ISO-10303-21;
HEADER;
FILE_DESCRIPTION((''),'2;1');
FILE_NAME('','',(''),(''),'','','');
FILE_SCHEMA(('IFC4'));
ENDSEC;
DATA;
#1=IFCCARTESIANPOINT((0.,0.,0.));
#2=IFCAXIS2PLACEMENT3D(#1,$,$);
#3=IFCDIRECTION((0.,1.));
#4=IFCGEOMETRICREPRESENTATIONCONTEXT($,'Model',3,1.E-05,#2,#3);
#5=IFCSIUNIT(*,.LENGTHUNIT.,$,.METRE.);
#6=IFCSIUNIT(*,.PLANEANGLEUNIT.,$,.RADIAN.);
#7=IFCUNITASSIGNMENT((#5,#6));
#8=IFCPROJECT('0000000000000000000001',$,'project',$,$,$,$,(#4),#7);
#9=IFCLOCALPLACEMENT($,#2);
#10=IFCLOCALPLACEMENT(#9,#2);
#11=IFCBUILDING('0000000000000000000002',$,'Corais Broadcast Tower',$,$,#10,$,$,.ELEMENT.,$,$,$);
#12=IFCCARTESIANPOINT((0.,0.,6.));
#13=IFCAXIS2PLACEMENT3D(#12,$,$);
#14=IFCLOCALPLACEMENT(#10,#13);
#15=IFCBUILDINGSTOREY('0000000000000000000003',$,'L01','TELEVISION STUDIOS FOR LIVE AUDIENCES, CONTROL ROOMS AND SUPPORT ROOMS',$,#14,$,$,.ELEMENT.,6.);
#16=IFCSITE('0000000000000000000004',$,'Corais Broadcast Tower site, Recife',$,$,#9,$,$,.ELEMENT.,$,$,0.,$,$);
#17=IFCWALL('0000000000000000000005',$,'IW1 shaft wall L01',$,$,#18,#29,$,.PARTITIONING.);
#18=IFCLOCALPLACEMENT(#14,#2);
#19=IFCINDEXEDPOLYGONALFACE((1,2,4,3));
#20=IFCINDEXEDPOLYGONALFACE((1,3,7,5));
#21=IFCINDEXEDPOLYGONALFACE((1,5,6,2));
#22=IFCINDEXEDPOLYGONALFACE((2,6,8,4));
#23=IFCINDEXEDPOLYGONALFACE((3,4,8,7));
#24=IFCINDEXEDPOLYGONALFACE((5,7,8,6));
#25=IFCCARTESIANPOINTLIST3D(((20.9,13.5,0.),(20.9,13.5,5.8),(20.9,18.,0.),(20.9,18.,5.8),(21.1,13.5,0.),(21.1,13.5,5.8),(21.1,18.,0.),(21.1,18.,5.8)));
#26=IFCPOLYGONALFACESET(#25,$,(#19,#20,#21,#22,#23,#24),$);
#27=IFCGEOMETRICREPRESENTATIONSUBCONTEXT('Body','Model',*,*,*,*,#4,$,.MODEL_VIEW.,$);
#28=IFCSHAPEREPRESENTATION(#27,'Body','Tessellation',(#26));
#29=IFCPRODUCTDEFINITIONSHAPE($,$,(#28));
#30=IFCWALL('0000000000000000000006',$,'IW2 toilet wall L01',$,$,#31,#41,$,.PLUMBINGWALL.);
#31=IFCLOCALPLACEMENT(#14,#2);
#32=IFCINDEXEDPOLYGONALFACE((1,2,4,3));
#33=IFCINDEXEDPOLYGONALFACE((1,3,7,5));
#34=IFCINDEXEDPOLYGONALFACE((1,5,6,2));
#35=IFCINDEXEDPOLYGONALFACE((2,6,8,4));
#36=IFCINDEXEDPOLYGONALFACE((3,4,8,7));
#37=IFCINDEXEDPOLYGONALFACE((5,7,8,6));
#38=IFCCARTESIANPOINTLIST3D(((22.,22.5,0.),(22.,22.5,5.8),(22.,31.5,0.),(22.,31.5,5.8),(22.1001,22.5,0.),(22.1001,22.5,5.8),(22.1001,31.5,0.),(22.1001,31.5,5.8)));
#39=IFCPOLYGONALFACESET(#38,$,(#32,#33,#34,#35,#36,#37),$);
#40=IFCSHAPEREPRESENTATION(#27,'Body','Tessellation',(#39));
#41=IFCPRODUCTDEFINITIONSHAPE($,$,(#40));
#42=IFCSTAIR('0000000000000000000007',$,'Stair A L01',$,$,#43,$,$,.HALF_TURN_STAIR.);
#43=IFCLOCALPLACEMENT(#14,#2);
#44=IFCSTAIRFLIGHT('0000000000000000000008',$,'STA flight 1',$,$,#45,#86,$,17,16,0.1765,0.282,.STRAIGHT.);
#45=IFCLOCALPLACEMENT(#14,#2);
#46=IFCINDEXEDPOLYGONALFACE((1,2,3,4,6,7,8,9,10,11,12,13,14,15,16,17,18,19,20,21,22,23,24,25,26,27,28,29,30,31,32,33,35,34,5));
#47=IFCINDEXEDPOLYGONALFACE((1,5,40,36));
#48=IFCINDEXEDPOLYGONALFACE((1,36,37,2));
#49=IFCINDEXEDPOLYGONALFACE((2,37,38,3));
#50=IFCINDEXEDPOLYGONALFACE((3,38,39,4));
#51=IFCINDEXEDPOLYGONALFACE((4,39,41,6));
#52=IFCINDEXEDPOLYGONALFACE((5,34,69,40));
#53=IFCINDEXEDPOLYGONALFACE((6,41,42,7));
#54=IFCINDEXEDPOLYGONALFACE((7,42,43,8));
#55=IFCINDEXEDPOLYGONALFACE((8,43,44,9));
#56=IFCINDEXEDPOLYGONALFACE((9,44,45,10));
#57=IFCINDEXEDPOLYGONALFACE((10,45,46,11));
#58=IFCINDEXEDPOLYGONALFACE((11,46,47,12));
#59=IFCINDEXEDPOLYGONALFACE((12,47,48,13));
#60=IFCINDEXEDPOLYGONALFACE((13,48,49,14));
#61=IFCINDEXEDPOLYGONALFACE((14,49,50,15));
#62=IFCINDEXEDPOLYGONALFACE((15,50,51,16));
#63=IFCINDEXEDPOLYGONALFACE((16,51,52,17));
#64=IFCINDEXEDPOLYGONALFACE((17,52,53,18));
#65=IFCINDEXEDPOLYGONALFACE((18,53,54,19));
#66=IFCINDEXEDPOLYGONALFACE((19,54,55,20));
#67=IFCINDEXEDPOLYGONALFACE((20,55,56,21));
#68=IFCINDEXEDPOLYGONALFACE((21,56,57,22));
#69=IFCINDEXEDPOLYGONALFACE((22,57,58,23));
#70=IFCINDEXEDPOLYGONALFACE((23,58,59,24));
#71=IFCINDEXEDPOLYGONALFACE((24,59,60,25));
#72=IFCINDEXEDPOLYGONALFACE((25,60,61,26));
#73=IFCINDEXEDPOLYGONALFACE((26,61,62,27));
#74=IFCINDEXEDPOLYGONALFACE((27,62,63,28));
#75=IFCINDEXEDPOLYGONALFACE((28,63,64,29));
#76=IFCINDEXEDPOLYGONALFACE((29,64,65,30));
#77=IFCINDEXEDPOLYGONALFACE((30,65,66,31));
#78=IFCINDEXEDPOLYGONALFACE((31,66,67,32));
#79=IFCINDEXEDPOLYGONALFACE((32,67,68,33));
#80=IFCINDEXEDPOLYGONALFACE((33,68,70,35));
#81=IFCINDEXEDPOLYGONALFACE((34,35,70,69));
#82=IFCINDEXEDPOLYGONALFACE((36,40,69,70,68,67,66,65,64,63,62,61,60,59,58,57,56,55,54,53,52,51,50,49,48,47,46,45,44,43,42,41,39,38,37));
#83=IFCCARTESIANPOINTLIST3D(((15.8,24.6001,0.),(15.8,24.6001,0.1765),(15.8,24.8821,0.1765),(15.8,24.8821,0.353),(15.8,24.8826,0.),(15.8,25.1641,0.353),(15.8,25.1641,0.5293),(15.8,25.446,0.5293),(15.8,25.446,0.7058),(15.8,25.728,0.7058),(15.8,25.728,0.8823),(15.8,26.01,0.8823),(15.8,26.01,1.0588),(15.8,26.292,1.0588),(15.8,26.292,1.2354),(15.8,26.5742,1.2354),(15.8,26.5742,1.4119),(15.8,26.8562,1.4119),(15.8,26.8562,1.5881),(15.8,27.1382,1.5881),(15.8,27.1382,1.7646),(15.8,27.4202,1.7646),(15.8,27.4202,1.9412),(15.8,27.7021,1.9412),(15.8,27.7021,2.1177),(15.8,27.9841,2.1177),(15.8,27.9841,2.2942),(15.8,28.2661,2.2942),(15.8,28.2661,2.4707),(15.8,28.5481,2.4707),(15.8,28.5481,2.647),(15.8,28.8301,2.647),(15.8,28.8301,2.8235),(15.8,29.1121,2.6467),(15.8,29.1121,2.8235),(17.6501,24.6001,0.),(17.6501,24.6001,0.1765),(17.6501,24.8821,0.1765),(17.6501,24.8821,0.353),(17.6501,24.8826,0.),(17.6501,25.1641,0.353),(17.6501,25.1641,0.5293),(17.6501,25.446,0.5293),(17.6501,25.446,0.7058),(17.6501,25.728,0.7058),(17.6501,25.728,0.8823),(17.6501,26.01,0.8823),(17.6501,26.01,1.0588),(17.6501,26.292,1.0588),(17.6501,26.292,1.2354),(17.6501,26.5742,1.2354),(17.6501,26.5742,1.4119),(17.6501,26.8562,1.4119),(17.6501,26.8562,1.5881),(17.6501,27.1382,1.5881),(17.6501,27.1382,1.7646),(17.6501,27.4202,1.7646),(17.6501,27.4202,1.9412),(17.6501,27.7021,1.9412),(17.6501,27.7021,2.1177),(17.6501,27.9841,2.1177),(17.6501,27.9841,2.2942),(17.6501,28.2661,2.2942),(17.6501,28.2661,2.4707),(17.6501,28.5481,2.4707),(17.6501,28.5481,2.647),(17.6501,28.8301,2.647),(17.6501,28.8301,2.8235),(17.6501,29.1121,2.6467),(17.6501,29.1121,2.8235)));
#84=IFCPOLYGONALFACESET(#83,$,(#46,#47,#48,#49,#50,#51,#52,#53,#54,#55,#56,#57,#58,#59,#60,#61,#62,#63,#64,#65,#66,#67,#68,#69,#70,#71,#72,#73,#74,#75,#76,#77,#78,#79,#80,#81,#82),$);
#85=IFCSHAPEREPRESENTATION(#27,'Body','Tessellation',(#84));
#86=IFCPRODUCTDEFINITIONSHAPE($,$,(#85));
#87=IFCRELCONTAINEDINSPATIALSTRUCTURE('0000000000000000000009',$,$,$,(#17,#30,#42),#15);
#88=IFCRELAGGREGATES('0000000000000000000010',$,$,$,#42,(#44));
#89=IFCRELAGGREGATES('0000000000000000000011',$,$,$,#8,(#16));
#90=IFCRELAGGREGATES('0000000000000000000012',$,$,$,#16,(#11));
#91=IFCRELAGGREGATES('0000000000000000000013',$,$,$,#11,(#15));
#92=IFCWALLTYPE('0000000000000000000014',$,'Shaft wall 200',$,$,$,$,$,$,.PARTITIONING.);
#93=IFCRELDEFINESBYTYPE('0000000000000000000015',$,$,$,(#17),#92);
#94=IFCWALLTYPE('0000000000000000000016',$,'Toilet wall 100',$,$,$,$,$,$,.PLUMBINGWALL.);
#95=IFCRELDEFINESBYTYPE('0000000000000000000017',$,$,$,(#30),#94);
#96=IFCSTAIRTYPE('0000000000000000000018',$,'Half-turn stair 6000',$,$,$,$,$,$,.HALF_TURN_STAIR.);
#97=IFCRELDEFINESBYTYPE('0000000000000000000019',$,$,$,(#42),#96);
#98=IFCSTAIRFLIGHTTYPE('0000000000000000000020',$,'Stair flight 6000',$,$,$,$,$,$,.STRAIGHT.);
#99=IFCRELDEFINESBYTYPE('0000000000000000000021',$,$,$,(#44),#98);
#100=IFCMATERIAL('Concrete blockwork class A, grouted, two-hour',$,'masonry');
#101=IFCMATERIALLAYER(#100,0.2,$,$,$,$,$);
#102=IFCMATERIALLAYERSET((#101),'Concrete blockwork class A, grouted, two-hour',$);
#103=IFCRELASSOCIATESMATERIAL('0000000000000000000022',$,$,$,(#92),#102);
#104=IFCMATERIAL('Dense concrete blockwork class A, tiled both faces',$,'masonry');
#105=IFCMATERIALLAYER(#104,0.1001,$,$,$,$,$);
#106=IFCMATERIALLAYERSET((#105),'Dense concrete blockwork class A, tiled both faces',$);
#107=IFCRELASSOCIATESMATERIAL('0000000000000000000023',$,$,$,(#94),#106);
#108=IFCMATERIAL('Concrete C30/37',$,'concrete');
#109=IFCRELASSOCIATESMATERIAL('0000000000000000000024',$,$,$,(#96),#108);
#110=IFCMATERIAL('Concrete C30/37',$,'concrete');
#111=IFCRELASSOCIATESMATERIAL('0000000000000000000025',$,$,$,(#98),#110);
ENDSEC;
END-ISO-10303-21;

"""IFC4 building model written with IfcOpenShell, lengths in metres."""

from ifc_helpers import new_model, si_unit, direction, frame, frame_2d, origin, place, context, subcontext, project, spatial, polyline, rectangle, outline, extrude, material, layer, layer_set, type_object, element, aggregate, save


model = new_model("IFC4")

# Units and contexts
model_context = context("Model", 3, precision=1e-05, world=origin(), true_north=direction((0.0, 1.0)))
body_context = subcontext(model_context, "Body", "Model", "MODEL_VIEW")
ifc_project = project(units=[si_unit("LENGTHUNIT", "METRE"), si_unit("PLANEANGLEUNIT", "RADIAN")], contexts=[model_context])

# Site, building, storey
site_placement = place(None, origin())
site = spatial("IfcSite", under=ifc_project, at=site_placement, Name="Corais Broadcast Tower site, Recife", CompositionType="ELEMENT", RefElevation=0.0)
building_placement = place(site_placement, origin())
building = spatial("IfcBuilding", under=site, at=building_placement, Name="Corais Broadcast Tower", CompositionType="ELEMENT")
storey_placement = place(building_placement, frame((0.0, 0.0, 6.0)))
storey = spatial("IfcBuildingStorey", under=building, at=storey_placement, Name="L01", Description="TELEVISION STUDIOS FOR LIVE AUDIENCES, CONTROL ROOMS AND SUPPORT ROOMS", CompositionType="ELEMENT", Elevation=6.0)

# Walls
ifc_material_1 = material(Name="Concrete blockwork class A, grouted, two-hour", Category="masonry")
ifc_layer_1 = layer(ifc_material_1, 0.2)
ifc_layer_set_1 = layer_set([ifc_layer_1], Name="Concrete blockwork class A, grouted, two-hour")
wall_type_1 = type_object("IfcWallType", Name="Shaft wall 200", PredefinedType="PARTITIONING", material=ifc_layer_set_1)
wall_1_placement = place(storey_placement, frame((21.0, 13.5, 0.0), z_axis=(0.0, 0.0, 1.0), x_axis=(0.0, 1.0, 0.0)))
element("IfcWall", 1, at=wall_1_placement, inside=storey, type_object=wall_type_1, Name="IW1 shaft wall L01", PredefinedType="PARTITIONING", context=body_context, shape_type="SweptSolid", body=[
    extrude(rectangle(XDim=4.5, YDim=0.2, at=frame_2d((2.25, 0.0))), origin(), (0.0, 0.0, 1.0), 5.8),
])
ifc_material_2 = material(Name="Dense concrete blockwork class A, tiled both faces", Category="masonry")
ifc_layer_2 = layer(ifc_material_2, 0.1001)
ifc_layer_set_2 = layer_set([ifc_layer_2], Name="Dense concrete blockwork class A, tiled both faces")
wall_type_2 = type_object("IfcWallType", Name="Toilet wall 100", PredefinedType="PLUMBINGWALL", material=ifc_layer_set_2)
wall_2_placement = place(storey_placement, frame((22.05, 22.5, 0.0), z_axis=(0.0, 0.0, 1.0), x_axis=(0.0, 1.0, 0.0)))
element("IfcWall", 2, at=wall_2_placement, inside=storey, type_object=wall_type_2, Name="IW2 toilet wall L01", PredefinedType="PLUMBINGWALL", context=body_context, shape_type="SweptSolid", body=[
    extrude(rectangle(XDim=9.0, YDim=0.1001, at=frame_2d((4.5, 0.0))), origin(), (0.0, 0.0, 1.0), 5.8),
])

# Stair, stair flight
ifc_material_3 = material(Name="Concrete C30/37", Category="concrete")
stair_type = type_object("IfcStairType", Name="Half-turn stair 6000", PredefinedType="HALF_TURN_STAIR", material=ifc_material_3)
stair_placement = place(storey_placement, origin())
stair = element("IfcStair", 3, at=stair_placement, inside=storey, type_object=stair_type, Name="Stair A L01", PredefinedType="HALF_TURN_STAIR")
ifc_material_4 = material(Name="Concrete C30/37", Category="concrete")
stair_flight_type = type_object("IfcStairFlightType", Name="Stair flight 6000", PredefinedType="STRAIGHT", material=ifc_material_4)
stair_flight_placement = place(storey_placement, frame((16.7251, 24.6001, 0.0), z_axis=(0.0, 0.0, 1.0), x_axis=(0.0, 1.0, 0.0)))
stair_flight = element("IfcStairFlight", 4, at=stair_flight_placement, type_object=stair_flight_type, Name="STA flight 1", NumberOfRisers=17, NumberOfTreads=16, PredefinedType="STRAIGHT", RiserHeight=0.1765, TreadLength=0.282, context=body_context, shape_type="SweptSolid", body=[
    extrude(outline(polyline([(0.0, 0.0), (0.0, 0.1765), (0.282, 0.1765), (0.282, 0.353), (0.564, 0.353), (0.564, 0.5293), (0.8459, 0.5293), (0.8459, 0.7058), (1.1279, 0.7058), (1.1279, 0.8823), (1.4099, 0.8823), (1.4099, 1.0588), (1.6919, 1.0588), (1.6919, 1.2354), (1.9741, 1.2354), (1.9741, 1.4119), (2.2561, 1.4119), (2.2561, 1.5881), (2.5381, 1.5881), (2.5381, 1.7646), (2.8201, 1.7646), (2.8201, 1.9412), (3.1021, 1.9412), (3.1021, 2.1177), (3.384, 2.1177), (3.384, 2.2942), (3.666, 2.2942), (3.666, 2.4707), (3.948, 2.4707), (3.948, 2.647), (4.23, 2.647), (4.23, 2.8235), (4.512, 2.8235), (4.512, 3.0), (4.512, 2.6467), (0.2825, 0.0), (0.0, 0.0)])), frame((0.0, 0.925, 0.0), z_axis=(0.0, -1.0, 0.0), x_axis=(1.0, 0.0, 0.0)), (0.0, 0.0, 1.0), 1.8501),
])
aggregate(stair, [stair_flight])

save(model, "model.ifc")
